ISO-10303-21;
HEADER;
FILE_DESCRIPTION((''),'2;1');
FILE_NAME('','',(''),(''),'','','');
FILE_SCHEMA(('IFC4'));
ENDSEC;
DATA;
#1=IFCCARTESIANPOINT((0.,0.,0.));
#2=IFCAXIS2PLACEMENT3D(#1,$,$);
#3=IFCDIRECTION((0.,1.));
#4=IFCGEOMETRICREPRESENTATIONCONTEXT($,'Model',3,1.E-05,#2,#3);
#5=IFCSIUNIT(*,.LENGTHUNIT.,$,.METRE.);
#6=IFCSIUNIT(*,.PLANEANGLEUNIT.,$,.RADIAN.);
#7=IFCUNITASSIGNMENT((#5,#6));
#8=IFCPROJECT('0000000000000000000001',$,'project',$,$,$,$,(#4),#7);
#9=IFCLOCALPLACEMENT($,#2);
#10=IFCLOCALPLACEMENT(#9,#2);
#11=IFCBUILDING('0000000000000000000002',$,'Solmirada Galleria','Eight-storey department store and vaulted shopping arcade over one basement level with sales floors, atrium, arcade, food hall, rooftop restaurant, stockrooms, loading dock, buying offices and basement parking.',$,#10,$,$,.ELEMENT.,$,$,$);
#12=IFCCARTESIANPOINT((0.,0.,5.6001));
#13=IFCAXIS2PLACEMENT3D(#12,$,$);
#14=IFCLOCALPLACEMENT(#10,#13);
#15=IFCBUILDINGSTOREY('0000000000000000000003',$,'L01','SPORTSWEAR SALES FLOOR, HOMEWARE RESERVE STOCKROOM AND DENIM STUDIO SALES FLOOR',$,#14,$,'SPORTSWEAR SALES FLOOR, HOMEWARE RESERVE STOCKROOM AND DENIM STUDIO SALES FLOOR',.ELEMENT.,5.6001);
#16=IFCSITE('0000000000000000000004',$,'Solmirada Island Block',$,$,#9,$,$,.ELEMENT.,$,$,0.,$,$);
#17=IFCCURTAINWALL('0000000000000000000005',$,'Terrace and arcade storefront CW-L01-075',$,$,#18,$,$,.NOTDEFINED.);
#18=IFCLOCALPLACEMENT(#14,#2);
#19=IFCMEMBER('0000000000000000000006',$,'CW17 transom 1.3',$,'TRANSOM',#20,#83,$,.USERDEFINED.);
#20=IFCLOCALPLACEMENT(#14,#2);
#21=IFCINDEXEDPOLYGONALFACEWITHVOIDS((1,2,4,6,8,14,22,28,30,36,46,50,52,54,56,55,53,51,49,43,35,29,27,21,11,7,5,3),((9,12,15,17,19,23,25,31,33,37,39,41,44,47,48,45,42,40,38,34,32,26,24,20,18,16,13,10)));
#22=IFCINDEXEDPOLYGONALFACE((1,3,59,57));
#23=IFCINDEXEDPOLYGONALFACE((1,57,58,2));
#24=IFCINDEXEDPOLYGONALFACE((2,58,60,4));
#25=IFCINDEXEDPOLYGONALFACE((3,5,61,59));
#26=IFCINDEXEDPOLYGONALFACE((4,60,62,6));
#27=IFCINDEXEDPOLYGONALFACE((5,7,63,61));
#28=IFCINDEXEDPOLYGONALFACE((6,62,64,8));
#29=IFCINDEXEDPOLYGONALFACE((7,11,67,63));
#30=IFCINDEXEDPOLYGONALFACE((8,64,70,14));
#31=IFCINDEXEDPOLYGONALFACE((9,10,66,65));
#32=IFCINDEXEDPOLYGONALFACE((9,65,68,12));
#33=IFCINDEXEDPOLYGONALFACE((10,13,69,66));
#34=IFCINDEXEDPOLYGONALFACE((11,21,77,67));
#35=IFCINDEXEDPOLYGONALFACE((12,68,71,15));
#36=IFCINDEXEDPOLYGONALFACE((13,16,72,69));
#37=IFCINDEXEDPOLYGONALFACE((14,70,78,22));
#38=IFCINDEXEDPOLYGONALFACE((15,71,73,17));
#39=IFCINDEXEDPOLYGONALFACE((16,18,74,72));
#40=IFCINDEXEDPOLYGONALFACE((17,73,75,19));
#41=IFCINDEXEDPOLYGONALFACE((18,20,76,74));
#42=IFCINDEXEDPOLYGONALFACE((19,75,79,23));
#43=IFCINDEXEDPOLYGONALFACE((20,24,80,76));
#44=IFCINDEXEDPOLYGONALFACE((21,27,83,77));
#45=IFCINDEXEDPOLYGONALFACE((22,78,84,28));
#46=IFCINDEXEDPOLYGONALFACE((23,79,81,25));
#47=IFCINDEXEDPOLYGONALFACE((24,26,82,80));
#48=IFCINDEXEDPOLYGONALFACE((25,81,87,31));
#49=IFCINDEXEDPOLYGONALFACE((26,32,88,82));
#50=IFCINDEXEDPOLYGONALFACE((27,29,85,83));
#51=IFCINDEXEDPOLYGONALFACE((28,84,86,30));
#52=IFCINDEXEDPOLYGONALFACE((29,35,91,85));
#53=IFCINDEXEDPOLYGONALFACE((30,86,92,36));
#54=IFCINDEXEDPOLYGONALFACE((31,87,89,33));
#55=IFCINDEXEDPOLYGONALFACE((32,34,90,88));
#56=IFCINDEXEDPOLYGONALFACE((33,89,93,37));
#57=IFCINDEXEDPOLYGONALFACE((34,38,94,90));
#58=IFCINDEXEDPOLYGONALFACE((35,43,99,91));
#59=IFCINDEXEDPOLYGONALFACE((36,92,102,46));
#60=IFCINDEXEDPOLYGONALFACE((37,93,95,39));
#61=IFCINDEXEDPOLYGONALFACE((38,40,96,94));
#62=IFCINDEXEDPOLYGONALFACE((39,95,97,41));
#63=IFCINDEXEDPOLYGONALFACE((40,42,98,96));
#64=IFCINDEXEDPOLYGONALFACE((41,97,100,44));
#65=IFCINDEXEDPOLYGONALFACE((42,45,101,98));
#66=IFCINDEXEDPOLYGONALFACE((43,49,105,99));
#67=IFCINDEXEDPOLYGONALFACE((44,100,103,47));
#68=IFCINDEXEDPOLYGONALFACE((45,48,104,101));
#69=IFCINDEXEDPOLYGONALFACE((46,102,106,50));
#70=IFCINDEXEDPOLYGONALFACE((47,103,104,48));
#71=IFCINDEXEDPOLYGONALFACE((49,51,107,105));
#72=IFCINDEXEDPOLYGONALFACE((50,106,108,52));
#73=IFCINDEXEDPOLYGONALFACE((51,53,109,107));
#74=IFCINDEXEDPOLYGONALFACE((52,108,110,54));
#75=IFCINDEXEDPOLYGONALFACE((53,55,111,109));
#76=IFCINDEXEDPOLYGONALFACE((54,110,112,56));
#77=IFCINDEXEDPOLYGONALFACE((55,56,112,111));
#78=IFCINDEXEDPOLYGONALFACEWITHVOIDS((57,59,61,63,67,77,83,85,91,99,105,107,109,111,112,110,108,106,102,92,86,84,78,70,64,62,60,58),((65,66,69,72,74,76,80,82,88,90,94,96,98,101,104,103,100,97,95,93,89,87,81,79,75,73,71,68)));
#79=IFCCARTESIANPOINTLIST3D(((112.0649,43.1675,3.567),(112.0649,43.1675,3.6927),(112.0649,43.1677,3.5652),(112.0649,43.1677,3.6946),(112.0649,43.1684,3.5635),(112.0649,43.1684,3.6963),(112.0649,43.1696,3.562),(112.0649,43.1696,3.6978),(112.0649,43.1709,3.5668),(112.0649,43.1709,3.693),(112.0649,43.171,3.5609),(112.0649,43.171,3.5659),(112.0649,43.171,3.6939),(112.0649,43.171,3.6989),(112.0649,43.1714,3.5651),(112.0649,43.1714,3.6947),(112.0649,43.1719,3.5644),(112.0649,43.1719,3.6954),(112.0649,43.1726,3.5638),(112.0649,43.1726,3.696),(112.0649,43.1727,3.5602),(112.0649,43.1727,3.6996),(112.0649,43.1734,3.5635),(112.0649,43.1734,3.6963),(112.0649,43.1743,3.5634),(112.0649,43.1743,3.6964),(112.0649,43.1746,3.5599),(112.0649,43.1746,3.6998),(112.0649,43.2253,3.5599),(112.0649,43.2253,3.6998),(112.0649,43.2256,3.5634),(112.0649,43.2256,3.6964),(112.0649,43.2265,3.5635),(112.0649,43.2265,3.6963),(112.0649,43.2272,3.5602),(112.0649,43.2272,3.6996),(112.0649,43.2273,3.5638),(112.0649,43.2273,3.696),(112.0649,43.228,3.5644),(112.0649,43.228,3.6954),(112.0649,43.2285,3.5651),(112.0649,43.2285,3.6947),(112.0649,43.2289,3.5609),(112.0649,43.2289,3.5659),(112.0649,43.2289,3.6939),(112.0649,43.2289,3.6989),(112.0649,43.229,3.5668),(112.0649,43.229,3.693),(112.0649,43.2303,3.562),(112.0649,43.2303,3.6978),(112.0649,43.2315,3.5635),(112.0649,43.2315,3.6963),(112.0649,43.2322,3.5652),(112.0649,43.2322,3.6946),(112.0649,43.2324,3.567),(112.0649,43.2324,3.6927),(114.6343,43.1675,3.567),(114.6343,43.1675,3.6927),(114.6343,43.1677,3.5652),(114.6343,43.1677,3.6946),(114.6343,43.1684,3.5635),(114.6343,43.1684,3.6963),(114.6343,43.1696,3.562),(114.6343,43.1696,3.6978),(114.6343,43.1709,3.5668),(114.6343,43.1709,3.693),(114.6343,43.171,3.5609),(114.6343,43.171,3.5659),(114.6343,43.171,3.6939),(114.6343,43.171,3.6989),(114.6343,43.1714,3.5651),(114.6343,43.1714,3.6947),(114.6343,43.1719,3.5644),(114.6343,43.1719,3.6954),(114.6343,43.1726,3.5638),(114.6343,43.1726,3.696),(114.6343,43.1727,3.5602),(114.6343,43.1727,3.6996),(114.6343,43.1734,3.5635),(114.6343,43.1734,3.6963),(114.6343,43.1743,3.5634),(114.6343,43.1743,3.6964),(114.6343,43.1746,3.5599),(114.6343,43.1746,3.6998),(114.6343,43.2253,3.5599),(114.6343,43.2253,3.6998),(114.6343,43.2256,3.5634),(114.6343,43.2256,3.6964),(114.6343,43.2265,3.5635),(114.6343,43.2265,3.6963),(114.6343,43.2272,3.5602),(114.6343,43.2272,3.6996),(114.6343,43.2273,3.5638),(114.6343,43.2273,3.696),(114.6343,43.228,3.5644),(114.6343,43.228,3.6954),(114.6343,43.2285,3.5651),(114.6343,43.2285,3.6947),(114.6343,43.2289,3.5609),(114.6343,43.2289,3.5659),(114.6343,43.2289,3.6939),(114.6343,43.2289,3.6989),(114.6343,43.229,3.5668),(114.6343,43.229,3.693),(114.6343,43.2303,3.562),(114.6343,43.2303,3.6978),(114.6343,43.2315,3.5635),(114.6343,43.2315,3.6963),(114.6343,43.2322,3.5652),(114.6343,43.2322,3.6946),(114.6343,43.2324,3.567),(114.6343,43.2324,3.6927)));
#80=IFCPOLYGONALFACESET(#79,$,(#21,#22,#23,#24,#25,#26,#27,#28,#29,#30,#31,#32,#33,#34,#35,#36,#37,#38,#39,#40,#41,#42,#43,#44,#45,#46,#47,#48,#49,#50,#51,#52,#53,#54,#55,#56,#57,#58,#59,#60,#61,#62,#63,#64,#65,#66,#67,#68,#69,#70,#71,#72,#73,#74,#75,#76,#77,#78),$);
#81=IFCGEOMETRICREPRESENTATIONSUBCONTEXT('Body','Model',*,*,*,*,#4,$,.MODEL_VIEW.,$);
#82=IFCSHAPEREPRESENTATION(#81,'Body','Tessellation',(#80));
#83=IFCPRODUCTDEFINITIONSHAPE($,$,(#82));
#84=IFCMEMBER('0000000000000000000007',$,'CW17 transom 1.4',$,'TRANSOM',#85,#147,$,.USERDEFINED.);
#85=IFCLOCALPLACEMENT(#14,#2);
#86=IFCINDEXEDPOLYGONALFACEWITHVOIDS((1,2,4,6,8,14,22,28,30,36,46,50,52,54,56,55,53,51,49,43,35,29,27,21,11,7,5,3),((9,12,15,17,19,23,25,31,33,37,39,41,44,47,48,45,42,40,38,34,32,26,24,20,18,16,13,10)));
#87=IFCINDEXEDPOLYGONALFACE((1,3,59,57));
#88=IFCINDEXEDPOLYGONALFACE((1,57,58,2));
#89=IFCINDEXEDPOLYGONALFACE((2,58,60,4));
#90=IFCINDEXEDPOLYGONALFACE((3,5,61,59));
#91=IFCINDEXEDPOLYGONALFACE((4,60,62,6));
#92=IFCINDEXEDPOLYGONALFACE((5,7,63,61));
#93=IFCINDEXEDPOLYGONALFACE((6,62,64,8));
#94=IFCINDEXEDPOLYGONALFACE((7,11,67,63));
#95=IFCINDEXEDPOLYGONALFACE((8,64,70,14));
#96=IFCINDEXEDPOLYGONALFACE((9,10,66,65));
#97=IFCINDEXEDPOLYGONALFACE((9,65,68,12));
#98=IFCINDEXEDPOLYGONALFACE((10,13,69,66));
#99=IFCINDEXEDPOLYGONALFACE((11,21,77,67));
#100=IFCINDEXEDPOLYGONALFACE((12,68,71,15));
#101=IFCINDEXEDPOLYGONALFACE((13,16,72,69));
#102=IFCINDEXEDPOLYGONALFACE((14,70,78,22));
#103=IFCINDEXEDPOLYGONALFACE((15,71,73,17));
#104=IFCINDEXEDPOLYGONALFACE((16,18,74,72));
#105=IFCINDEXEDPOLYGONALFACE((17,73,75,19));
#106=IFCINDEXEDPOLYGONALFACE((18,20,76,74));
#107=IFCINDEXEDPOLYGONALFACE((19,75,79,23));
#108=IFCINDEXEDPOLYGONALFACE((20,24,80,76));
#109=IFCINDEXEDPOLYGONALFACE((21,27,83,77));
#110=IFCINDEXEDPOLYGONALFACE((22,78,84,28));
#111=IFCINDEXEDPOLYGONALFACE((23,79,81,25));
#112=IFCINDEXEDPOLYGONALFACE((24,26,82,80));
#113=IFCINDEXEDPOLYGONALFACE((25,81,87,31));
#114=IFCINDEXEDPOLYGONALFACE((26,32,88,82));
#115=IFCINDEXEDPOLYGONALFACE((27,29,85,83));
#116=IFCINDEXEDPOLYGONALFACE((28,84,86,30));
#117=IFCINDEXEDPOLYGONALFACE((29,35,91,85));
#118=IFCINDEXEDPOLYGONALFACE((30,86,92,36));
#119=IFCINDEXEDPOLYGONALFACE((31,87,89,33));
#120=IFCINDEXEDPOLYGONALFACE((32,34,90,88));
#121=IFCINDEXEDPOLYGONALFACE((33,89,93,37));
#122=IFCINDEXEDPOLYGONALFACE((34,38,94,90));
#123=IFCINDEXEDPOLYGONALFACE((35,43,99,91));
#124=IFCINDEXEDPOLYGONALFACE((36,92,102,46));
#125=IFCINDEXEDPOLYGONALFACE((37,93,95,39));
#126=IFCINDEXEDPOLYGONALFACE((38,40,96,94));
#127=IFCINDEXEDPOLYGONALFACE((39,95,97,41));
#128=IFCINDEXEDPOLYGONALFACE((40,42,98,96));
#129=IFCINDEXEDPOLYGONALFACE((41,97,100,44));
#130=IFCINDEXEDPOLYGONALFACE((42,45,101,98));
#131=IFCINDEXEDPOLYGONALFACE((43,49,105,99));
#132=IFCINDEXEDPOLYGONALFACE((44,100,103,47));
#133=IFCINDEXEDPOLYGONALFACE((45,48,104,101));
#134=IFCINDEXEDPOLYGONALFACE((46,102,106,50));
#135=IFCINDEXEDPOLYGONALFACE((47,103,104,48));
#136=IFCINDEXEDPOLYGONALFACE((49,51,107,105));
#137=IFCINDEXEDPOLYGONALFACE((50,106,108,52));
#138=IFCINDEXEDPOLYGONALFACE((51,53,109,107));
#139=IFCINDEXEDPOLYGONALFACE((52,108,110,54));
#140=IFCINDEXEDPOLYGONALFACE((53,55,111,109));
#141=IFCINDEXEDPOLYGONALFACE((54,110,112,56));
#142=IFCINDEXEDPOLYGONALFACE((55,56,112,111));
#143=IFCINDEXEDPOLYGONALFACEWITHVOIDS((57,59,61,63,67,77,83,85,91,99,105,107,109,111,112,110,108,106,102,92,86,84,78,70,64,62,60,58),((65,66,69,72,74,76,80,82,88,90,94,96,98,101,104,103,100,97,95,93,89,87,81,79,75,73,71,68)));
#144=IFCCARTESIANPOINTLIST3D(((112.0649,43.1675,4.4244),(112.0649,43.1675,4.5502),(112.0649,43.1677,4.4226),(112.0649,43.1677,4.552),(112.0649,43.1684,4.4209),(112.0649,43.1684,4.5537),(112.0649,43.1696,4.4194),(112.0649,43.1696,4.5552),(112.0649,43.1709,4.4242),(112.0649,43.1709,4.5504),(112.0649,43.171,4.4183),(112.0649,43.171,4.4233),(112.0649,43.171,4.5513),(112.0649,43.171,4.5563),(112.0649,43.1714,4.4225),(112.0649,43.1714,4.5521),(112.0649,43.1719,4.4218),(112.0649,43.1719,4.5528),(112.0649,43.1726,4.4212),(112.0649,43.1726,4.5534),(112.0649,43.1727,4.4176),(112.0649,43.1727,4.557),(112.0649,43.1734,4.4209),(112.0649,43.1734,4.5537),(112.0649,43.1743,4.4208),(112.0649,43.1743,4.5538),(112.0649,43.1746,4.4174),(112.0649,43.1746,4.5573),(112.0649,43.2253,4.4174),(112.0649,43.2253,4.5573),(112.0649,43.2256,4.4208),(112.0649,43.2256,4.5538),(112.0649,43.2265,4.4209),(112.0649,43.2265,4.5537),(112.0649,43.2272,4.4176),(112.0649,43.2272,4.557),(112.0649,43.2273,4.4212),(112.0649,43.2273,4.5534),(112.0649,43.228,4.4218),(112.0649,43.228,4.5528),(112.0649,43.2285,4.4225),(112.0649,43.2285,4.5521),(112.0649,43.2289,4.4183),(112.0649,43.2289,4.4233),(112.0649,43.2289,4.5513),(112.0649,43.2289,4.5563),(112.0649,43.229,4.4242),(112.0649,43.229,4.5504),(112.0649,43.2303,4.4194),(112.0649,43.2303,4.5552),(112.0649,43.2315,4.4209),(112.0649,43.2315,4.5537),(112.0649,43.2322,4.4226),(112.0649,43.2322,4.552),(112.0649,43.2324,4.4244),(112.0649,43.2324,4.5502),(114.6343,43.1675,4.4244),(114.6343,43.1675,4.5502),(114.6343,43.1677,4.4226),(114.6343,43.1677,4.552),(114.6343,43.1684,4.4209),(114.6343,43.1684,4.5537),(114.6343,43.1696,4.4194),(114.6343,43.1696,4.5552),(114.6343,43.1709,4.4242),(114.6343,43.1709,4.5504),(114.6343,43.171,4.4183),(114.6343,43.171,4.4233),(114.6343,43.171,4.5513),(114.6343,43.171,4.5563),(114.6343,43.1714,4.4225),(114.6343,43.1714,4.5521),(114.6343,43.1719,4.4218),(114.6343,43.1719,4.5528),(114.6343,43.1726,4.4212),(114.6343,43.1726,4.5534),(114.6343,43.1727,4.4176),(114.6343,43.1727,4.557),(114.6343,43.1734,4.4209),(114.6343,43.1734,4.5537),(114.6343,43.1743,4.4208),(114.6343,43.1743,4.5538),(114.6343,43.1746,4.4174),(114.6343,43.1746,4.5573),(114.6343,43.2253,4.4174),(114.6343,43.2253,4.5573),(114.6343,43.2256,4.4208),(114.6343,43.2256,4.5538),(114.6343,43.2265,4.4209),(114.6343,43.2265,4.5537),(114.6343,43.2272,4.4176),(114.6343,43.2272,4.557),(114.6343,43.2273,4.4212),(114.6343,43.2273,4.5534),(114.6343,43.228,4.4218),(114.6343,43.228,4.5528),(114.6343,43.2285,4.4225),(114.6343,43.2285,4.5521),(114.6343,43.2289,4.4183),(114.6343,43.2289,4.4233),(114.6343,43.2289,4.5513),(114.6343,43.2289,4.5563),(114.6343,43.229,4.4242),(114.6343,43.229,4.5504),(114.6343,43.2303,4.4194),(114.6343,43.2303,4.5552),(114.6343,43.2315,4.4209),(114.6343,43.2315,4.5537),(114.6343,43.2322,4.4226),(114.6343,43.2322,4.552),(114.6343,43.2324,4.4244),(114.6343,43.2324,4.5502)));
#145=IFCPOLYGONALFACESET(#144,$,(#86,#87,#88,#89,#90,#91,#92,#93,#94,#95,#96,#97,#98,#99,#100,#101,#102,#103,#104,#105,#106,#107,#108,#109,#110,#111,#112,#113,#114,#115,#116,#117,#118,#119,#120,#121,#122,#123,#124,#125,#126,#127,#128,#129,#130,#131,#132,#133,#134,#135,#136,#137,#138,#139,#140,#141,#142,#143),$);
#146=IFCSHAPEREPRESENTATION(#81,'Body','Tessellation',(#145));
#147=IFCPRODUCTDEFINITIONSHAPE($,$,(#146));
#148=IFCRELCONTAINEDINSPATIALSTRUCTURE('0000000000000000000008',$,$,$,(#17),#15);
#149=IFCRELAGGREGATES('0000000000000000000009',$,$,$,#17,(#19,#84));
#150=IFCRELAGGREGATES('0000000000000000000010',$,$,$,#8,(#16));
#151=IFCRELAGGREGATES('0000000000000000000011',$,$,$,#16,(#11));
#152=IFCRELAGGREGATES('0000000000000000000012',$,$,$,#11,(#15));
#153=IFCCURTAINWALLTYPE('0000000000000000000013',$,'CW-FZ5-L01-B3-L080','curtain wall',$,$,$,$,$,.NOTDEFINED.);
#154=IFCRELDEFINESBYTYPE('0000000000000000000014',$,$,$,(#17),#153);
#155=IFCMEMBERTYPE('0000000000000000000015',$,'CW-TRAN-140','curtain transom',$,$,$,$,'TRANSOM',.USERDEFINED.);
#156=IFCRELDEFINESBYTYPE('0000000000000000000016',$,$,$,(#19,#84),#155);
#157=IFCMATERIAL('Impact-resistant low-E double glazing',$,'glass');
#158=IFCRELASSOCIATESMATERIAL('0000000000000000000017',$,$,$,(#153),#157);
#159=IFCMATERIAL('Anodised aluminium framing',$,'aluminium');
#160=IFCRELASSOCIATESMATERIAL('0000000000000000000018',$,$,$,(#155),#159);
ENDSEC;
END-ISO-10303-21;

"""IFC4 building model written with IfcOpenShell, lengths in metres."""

from ifc_helpers import new_model, si_unit, direction, frame, origin, origin_2d, place, context, subcontext, project, spatial, hollow_rectangle, extrude, material, material_profile, profile_set, type_object, element, aggregate, save


model = new_model("IFC4")

# Units and contexts
model_context = context("Model", 3, precision=1e-05, world=origin(), true_north=direction((0.0, 1.0)))
body_context = subcontext(model_context, "Body", "Model", "MODEL_VIEW")
ifc_project = project(units=[si_unit("LENGTHUNIT", "METRE"), si_unit("PLANEANGLEUNIT", "RADIAN")], contexts=[model_context])

# Site, building, storey
site_placement = place(None, origin())
site = spatial("IfcSite", under=ifc_project, at=site_placement, Name="Solmirada Island Block", CompositionType="ELEMENT", RefElevation=0.0)
building_placement = place(site_placement, origin())
building = spatial("IfcBuilding", under=site, at=building_placement, Name="Solmirada Galleria", Description="Eight-storey department store and vaulted shopping arcade over one basement level with sales floors, atrium, arcade, food hall, rooftop restaurant, stockrooms, loading dock, buying offices and basement parking.", CompositionType="ELEMENT")
storey_placement = place(building_placement, frame((0.0, 0.0, 5.6001)))
storey = spatial("IfcBuildingStorey", under=building, at=storey_placement, Name="L01", Description="SPORTSWEAR SALES FLOOR, HOMEWARE RESERVE STOCKROOM AND DENIM STUDIO SALES FLOOR", LongName="SPORTSWEAR SALES FLOOR, HOMEWARE RESERVE STOCKROOM AND DENIM STUDIO SALES FLOOR", CompositionType="ELEMENT", Elevation=5.6001)

# Curtain wall, members
ifc_material_1 = material(Name="Impact-resistant low-E double glazing", Category="glass")
curtain_wall_type = type_object("IfcCurtainWallType", Name="CW-FZ5-L01-B3-L080", Description="curtain wall", PredefinedType="NOTDEFINED", material=ifc_material_1)
curtain_wall_placement = place(storey_placement, origin())
curtain_wall = element("IfcCurtainWall", 1, at=curtain_wall_placement, inside=storey, type_object=curtain_wall_type, Name="Terrace and arcade storefront CW-L01-075", PredefinedType="NOTDEFINED")
ifc_material_2 = material(Name="Anodised aluminium framing", Category="aluminium")
ifc_material_profile_1 = material_profile(ifc_material_2, hollow_rectangle(XDim=0.0649, YDim=0.1399, WallThickness=0.0034, InnerFilletRadius=0.0034, OuterFilletRadius=0.0071, at=origin_2d()), Name="ALU-TRAN-140X65")
ifc_profile_set_1 = profile_set([ifc_material_profile_1], Name="Anodised aluminium framing")
member_type_1 = type_object("IfcMemberType", Name="CW-TRAN-140", Description="curtain transom", ElementType="TRANSOM", PredefinedType="USERDEFINED", material=ifc_profile_set_1)
member_1_placement = place(storey_placement, frame((112.0649, 43.2, 3.6299), z_axis=(1.0, 0.0, 0.0), x_axis=(0.0, 1.0, 0.0)))
member_1 = element("IfcMember", 2, at=member_1_placement, type_object=member_type_1, Name="CW17 transom 1.3", ObjectType="TRANSOM", PredefinedType="USERDEFINED", context=body_context, shape_type="SweptSolid", body=[
    extrude(hollow_rectangle(XDim=0.0649, YDim=0.1399, WallThickness=0.0034, InnerFilletRadius=0.0034, OuterFilletRadius=0.0071, at=origin_2d()), origin(), (0.0, 0.0, 1.0), 2.5693),
])
member_2_placement = place(storey_placement, frame((112.0649, 43.2, 4.4873), z_axis=(1.0, 0.0, 0.0), x_axis=(0.0, 1.0, 0.0)))
member_2 = element("IfcMember", 3, at=member_2_placement, type_object=member_type_1, Name="CW17 transom 1.4", ObjectType="TRANSOM", PredefinedType="USERDEFINED", context=body_context, shape_type="SweptSolid", body=[
    extrude(hollow_rectangle(XDim=0.0649, YDim=0.1399, WallThickness=0.0034, InnerFilletRadius=0.0034, OuterFilletRadius=0.0071, at=origin_2d()), origin(), (0.0, 0.0, 1.0), 2.5693),
])
aggregate(curtain_wall, [member_1, member_2])

save(model, "model.ifc")
